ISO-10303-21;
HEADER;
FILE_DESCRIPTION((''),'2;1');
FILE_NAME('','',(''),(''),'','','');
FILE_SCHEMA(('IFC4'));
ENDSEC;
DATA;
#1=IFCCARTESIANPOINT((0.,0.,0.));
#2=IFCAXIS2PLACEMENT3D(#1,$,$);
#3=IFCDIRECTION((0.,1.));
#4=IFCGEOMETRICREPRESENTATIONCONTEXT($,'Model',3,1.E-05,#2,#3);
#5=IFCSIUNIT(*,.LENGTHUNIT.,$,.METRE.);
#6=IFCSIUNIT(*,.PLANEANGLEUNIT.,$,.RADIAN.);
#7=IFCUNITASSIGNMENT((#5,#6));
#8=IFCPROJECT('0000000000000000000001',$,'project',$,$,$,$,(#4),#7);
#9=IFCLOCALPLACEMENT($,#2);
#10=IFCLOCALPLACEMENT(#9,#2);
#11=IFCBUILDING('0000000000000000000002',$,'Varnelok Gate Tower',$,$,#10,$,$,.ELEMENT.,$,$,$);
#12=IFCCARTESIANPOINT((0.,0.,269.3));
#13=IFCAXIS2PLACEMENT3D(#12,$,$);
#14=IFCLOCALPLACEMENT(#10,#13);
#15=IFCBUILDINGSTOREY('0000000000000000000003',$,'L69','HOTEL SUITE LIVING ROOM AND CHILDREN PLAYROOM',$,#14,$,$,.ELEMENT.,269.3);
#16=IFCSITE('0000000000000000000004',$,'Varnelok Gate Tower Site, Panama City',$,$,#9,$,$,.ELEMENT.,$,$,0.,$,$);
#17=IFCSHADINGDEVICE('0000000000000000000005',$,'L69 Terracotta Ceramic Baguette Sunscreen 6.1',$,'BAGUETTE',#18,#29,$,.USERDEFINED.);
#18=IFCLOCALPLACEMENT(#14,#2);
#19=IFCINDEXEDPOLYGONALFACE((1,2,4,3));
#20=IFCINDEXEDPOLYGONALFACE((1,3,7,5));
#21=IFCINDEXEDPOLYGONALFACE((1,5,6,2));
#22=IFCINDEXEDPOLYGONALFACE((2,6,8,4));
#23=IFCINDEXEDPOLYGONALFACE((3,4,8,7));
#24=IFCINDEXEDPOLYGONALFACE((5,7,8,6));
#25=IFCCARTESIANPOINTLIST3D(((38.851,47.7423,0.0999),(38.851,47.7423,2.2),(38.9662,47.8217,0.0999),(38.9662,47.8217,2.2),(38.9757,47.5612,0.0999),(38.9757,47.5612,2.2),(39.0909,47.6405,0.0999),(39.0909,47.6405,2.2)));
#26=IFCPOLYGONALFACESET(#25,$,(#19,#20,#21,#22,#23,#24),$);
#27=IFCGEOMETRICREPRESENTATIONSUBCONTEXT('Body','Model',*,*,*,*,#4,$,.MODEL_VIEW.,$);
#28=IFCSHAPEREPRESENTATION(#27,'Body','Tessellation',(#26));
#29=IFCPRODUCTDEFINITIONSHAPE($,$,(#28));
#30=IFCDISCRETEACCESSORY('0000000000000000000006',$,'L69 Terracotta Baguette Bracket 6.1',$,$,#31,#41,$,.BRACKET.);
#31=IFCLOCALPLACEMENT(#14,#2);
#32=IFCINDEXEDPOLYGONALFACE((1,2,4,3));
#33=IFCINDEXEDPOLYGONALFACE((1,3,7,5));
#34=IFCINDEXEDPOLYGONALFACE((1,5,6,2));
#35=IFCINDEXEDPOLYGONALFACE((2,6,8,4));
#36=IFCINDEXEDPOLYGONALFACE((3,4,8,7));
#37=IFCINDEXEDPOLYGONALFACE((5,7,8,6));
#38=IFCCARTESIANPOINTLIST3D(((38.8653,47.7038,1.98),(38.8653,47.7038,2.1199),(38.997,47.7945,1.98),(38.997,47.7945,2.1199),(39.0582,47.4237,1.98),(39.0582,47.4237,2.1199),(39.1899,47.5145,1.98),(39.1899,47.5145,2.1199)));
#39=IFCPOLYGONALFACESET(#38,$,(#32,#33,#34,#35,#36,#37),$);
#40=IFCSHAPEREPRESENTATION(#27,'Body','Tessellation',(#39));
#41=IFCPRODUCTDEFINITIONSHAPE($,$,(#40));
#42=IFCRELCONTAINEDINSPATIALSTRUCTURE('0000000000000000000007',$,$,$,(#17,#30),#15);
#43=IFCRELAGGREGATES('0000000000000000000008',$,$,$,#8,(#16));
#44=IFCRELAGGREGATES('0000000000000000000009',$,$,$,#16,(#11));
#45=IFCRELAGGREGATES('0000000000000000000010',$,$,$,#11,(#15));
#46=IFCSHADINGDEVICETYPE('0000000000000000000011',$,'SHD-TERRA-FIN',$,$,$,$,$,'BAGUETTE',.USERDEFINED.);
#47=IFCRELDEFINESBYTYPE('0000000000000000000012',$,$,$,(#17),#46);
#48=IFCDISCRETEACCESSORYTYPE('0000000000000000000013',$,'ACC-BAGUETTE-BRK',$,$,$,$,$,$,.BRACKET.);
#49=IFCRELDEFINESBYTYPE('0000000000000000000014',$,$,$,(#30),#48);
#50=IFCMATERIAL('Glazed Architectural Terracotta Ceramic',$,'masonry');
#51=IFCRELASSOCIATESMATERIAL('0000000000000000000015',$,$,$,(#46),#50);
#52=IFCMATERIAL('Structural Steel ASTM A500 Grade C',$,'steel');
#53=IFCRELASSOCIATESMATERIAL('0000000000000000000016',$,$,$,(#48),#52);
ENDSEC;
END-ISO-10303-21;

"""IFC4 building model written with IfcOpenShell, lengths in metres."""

from ifc_helpers import new_model, si_unit, direction, frame, origin, origin_2d, place, context, subcontext, project, spatial, rectangle, extrude, source, transform, mapped, material, type_object, element, save


model = new_model("IFC4")

# Units and contexts
model_context = context("Model", 3, precision=1e-05, world=origin(), true_north=direction((0.0, 1.0)))
body_context = subcontext(model_context, "Body", "Model", "MODEL_VIEW")
ifc_project = project(units=[si_unit("LENGTHUNIT", "METRE"), si_unit("PLANEANGLEUNIT", "RADIAN")], contexts=[model_context])

# Site, building, storey
site_placement = place(None, origin())
site = spatial("IfcSite", under=ifc_project, at=site_placement, Name="Varnelok Gate Tower Site, Panama City", CompositionType="ELEMENT", RefElevation=0.0)
building_placement = place(site_placement, origin())
building = spatial("IfcBuilding", under=site, at=building_placement, Name="Varnelok Gate Tower", CompositionType="ELEMENT")
storey_placement = place(building_placement, frame((0.0, 0.0, 269.3)))
storey = spatial("IfcBuildingStorey", under=building, at=storey_placement, Name="L69", Description="HOTEL SUITE LIVING ROOM AND CHILDREN PLAYROOM", CompositionType="ELEMENT", Elevation=269.3)

# Shading device
ifc_material_1 = material(Name="Glazed Architectural Terracotta Ceramic", Category="masonry")
shading_device_type = type_object("IfcShadingDeviceType", Name="SHD-TERRA-FIN", ElementType="BAGUETTE", PredefinedType="USERDEFINED", material=ifc_material_1)
shared_shape_1 = source(origin(), body_context, "Body", "SweptSolid", [
    extrude(rectangle(XDim=0.1399, YDim=0.22, at=origin_2d()), origin(), (0.0, 0.0, 1.0), 2.1001),
])
shading_device_placement = place(storey_placement, frame((38.9709, 47.6914, 0.0999), z_axis=(0.0, 0.0, 1.0), x_axis=(0.823533, 0.567269, 0.0)))
element("IfcShadingDevice", 1, at=shading_device_placement, inside=storey, type_object=shading_device_type, Name="L69 Terracotta Ceramic Baguette Sunscreen 6.1", ObjectType="BAGUETTE", PredefinedType="USERDEFINED", context=body_context, shape_type="MappedRepresentation", body=[
    mapped(shared_shape_1, transform((0.0, 0.0, 0.0), scale=1.0)),
])

# Discrete accessory
ifc_material_2 = material(Name="Structural Steel ASTM A500 Grade C", Category="steel")
discrete_accessory_type = type_object("IfcDiscreteAccessoryType", Name="ACC-BAGUETTE-BRK", PredefinedType="BRACKET", material=ifc_material_2)
shared_shape_2 = source(origin(), body_context, "Body", "SweptSolid", [
    extrude(rectangle(XDim=0.1599, YDim=0.3401, at=origin_2d()), origin(), (0.0, 0.0, 1.0), 0.1399),
])
discrete_accessory_placement = place(storey_placement, frame((39.0276, 47.6091, 1.98), z_axis=(0.0, 0.0, 1.0), x_axis=(0.823533, 0.567269, 0.0)))
element("IfcDiscreteAccessory", 2, at=discrete_accessory_placement, inside=storey, type_object=discrete_accessory_type, Name="L69 Terracotta Baguette Bracket 6.1", PredefinedType="BRACKET", context=body_context, shape_type="MappedRepresentation", body=[
    mapped(shared_shape_2, transform((0.0, 0.0, 0.0), scale=1.0)),
])

save(model, "model.ifc")
